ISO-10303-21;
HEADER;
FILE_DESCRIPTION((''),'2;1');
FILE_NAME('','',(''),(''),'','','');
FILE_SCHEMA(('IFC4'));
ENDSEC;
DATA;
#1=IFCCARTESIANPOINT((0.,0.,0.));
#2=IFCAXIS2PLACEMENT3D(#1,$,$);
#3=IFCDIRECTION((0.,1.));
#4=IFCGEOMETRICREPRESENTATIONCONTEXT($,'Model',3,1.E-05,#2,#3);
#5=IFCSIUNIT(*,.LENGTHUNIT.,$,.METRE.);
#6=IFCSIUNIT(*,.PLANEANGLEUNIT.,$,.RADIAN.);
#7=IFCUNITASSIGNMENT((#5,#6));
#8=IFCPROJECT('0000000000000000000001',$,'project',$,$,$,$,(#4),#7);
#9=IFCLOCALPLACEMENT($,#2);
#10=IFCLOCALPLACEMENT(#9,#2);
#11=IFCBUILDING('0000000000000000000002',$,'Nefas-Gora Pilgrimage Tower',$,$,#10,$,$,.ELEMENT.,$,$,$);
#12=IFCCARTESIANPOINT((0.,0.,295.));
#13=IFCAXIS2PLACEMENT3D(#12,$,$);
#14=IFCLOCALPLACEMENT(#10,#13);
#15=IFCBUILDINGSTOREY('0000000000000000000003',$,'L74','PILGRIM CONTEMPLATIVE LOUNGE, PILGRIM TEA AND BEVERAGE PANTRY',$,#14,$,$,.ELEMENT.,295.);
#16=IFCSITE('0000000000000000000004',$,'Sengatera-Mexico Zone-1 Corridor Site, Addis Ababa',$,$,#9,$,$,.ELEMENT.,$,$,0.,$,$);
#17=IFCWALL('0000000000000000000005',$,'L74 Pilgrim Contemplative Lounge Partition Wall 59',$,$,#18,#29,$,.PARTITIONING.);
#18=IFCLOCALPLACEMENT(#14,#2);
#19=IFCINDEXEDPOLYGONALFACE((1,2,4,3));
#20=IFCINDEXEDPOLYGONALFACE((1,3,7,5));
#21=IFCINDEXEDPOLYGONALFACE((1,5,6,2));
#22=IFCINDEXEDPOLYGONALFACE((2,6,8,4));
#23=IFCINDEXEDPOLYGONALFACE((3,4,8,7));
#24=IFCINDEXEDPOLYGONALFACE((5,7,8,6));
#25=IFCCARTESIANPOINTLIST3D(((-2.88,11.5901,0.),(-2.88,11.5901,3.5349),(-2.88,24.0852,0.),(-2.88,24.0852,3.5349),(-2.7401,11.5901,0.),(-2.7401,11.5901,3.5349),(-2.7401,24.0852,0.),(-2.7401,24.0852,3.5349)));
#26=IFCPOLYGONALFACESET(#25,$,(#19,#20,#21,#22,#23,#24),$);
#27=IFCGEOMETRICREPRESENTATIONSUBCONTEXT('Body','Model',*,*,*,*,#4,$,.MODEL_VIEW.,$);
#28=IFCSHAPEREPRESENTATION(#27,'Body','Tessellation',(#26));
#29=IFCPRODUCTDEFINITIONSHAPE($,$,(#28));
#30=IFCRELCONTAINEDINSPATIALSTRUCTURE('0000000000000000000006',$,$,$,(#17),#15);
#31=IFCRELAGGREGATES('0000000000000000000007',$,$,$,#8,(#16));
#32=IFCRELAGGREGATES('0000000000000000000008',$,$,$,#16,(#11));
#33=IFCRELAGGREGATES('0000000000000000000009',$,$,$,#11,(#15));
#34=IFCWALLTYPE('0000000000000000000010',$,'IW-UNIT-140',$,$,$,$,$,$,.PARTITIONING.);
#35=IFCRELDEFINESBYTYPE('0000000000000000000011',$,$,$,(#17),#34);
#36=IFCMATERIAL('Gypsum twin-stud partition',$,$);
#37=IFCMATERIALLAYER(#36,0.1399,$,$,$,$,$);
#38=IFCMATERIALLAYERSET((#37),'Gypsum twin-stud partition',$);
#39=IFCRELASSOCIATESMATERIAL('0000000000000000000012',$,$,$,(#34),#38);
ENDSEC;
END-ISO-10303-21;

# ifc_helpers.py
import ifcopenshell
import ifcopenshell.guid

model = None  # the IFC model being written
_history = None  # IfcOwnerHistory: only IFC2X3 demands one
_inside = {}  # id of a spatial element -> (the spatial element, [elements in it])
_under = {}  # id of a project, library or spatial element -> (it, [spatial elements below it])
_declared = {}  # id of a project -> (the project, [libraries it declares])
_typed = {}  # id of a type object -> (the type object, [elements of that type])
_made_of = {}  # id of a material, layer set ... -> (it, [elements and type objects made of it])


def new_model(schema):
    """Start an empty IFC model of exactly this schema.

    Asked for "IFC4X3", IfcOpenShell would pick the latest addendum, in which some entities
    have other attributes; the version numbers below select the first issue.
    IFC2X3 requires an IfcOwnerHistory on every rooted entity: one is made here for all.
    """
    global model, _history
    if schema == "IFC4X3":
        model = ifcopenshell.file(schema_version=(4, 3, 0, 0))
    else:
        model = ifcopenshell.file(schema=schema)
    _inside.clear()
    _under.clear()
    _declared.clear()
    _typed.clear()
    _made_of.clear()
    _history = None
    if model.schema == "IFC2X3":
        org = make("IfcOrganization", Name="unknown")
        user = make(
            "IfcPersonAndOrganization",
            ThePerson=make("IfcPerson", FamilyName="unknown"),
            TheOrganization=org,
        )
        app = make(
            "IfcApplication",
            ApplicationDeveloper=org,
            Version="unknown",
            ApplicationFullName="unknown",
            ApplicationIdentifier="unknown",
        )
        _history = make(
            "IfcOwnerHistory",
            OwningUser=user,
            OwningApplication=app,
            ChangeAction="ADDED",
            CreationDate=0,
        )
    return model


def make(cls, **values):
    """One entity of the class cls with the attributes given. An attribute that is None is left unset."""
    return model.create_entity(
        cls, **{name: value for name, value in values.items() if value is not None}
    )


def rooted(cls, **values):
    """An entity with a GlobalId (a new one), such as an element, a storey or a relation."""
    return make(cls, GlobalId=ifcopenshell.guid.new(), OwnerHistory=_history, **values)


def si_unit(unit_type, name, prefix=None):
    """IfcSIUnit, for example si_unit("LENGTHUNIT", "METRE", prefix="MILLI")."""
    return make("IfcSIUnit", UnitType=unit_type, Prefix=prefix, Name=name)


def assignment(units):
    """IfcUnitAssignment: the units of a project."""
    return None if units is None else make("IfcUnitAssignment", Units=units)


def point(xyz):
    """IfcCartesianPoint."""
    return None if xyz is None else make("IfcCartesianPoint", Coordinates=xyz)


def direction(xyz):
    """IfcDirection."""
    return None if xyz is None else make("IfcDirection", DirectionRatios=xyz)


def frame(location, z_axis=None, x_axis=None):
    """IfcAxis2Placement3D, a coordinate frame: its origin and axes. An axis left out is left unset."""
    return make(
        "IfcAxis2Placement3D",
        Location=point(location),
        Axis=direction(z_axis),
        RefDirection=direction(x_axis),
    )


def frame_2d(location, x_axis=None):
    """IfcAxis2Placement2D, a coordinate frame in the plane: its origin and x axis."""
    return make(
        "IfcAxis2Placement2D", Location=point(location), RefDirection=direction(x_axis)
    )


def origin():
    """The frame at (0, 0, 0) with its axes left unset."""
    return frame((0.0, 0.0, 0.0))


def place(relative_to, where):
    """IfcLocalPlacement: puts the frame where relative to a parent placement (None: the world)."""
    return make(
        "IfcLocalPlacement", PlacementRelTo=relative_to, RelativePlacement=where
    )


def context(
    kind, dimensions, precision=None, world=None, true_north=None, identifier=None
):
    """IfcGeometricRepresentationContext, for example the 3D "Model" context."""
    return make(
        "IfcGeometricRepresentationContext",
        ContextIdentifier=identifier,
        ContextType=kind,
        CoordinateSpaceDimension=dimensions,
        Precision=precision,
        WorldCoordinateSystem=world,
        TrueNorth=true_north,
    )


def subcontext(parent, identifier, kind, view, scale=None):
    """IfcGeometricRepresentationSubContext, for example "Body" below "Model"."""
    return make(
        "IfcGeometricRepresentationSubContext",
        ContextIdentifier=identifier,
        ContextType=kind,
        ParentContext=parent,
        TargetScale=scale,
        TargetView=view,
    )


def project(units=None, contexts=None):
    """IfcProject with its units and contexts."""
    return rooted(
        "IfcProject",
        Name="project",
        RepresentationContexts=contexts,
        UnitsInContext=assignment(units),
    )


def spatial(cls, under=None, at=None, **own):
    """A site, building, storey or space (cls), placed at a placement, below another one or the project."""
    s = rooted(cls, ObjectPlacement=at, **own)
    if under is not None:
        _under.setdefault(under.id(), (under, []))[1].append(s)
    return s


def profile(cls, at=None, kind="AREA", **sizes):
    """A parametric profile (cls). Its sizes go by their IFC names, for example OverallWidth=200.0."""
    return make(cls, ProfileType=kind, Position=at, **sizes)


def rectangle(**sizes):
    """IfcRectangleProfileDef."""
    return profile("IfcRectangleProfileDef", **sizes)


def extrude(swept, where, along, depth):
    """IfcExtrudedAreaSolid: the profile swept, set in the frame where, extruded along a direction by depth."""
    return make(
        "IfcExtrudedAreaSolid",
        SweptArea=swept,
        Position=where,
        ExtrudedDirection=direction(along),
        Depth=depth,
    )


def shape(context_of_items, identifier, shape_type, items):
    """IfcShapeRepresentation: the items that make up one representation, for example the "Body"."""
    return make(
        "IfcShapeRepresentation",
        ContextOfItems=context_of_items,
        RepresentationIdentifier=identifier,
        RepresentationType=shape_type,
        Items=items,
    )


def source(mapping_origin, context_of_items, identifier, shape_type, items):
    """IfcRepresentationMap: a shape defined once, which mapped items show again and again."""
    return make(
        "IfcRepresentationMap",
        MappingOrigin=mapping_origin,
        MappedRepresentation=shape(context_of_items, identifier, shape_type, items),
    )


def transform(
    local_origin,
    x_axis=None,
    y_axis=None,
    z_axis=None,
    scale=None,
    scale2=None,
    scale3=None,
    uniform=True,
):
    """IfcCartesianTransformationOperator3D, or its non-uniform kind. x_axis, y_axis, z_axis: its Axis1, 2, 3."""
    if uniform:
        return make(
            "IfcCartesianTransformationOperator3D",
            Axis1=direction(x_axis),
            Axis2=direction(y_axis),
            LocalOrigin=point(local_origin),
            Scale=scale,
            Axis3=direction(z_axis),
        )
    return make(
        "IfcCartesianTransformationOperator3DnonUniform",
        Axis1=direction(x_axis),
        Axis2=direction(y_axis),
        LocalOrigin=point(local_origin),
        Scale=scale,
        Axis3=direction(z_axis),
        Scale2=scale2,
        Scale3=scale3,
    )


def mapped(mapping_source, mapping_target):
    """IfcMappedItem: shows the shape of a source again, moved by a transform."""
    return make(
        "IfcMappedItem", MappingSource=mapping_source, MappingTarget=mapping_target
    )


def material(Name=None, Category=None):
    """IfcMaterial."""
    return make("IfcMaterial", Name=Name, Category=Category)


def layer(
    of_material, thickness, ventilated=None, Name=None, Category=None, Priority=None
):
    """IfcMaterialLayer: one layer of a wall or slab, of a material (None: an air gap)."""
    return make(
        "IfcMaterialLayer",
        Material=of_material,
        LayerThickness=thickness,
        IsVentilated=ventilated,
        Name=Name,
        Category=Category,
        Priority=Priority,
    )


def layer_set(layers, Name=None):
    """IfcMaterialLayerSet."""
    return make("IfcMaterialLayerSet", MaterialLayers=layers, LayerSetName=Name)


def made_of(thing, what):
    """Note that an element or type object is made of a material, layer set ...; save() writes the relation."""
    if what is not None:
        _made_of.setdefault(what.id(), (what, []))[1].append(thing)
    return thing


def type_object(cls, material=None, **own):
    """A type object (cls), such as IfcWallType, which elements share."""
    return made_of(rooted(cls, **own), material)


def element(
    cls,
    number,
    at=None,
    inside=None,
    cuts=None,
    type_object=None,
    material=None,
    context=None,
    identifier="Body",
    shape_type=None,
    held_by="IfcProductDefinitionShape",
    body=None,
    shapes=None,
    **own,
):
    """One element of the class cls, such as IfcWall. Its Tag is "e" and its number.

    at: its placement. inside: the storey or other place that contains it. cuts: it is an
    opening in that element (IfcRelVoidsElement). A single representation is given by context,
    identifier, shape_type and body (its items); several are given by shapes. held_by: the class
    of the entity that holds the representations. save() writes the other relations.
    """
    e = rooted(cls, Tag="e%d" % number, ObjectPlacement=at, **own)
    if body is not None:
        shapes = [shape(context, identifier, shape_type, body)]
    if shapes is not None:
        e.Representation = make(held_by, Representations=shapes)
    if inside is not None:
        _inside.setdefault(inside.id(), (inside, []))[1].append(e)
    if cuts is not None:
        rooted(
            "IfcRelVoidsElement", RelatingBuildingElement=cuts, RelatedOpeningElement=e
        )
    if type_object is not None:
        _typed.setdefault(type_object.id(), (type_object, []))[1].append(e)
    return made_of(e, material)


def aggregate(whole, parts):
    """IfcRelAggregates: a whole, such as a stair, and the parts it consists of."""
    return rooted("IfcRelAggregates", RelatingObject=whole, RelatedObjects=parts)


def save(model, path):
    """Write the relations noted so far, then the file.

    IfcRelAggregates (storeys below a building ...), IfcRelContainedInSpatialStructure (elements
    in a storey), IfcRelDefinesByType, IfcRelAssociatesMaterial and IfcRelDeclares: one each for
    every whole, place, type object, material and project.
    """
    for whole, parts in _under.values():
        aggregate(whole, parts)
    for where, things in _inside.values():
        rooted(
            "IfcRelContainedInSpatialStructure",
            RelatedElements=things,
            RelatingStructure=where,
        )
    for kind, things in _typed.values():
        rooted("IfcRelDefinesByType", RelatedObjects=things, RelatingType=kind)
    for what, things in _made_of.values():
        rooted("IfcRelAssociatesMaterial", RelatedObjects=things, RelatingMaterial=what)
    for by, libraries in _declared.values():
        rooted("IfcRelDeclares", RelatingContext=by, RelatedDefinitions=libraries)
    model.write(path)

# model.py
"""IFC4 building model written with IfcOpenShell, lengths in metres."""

from ifc_helpers import new_model, si_unit, direction, frame, frame_2d, origin, place, context, subcontext, project, spatial, rectangle, extrude, source, transform, mapped, material, layer, layer_set, type_object, element, save


model = new_model("IFC4")

# Units and contexts
model_context = context("Model", 3, precision=1e-05, world=origin(), true_north=direction((0.0, 1.0)))
body_context = subcontext(model_context, "Body", "Model", "MODEL_VIEW")
ifc_project = project(units=[si_unit("LENGTHUNIT", "METRE"), si_unit("PLANEANGLEUNIT", "RADIAN")], contexts=[model_context])

# Site, building, storey
site_placement = place(None, origin())
site = spatial("IfcSite", under=ifc_project, at=site_placement, Name="Sengatera-Mexico Zone-1 Corridor Site, Addis Ababa", CompositionType="ELEMENT", RefElevation=0.0)
building_placement = place(site_placement, origin())
building = spatial("IfcBuilding", under=site, at=building_placement, Name="Nefas-Gora Pilgrimage Tower", CompositionType="ELEMENT")
storey_placement = place(building_placement, frame((0.0, 0.0, 295.0)))
storey = spatial("IfcBuildingStorey", under=building, at=storey_placement, Name="L74", Description="PILGRIM CONTEMPLATIVE LOUNGE, PILGRIM TEA AND BEVERAGE PANTRY", CompositionType="ELEMENT", Elevation=295.0)

# Wall
ifc_material_1 = material(Name="Gypsum twin-stud partition")
ifc_layer_1 = layer(ifc_material_1, 0.1399)
ifc_layer_set_1 = layer_set([ifc_layer_1], Name="Gypsum twin-stud partition")
wall_type_1 = type_object("IfcWallType", Name="IW-UNIT-140", PredefinedType="PARTITIONING", material=ifc_layer_set_1)
shared_shape_1 = source(origin(), body_context, "Body", "SweptSolid", [
    extrude(rectangle(XDim=12.4951, YDim=0.1399, at=frame_2d((6.2476, 0.0))), origin(), (0.0, 0.0, 1.0), 3.5349),
])
wall_1_placement = place(storey_placement, frame((-2.8101, 11.5901, 0.0), z_axis=(0.0, 0.0, 1.0), x_axis=(0.0, 1.0, 0.0)))
element("IfcWall", 1, at=wall_1_placement, inside=storey, type_object=wall_type_1, Name="L74 Pilgrim Contemplative Lounge Partition Wall 59", PredefinedType="PARTITIONING", context=body_context, shape_type="MappedRepresentation", body=[
    mapped(shared_shape_1, transform((0.0, 0.0, 0.0), x_axis=(1.0, 0.0, 0.0), y_axis=(0.0, 1.0, 0.0), z_axis=(0.0, 0.0, 1.0), scale=1.0)),
])

save(model, "model.ifc")
